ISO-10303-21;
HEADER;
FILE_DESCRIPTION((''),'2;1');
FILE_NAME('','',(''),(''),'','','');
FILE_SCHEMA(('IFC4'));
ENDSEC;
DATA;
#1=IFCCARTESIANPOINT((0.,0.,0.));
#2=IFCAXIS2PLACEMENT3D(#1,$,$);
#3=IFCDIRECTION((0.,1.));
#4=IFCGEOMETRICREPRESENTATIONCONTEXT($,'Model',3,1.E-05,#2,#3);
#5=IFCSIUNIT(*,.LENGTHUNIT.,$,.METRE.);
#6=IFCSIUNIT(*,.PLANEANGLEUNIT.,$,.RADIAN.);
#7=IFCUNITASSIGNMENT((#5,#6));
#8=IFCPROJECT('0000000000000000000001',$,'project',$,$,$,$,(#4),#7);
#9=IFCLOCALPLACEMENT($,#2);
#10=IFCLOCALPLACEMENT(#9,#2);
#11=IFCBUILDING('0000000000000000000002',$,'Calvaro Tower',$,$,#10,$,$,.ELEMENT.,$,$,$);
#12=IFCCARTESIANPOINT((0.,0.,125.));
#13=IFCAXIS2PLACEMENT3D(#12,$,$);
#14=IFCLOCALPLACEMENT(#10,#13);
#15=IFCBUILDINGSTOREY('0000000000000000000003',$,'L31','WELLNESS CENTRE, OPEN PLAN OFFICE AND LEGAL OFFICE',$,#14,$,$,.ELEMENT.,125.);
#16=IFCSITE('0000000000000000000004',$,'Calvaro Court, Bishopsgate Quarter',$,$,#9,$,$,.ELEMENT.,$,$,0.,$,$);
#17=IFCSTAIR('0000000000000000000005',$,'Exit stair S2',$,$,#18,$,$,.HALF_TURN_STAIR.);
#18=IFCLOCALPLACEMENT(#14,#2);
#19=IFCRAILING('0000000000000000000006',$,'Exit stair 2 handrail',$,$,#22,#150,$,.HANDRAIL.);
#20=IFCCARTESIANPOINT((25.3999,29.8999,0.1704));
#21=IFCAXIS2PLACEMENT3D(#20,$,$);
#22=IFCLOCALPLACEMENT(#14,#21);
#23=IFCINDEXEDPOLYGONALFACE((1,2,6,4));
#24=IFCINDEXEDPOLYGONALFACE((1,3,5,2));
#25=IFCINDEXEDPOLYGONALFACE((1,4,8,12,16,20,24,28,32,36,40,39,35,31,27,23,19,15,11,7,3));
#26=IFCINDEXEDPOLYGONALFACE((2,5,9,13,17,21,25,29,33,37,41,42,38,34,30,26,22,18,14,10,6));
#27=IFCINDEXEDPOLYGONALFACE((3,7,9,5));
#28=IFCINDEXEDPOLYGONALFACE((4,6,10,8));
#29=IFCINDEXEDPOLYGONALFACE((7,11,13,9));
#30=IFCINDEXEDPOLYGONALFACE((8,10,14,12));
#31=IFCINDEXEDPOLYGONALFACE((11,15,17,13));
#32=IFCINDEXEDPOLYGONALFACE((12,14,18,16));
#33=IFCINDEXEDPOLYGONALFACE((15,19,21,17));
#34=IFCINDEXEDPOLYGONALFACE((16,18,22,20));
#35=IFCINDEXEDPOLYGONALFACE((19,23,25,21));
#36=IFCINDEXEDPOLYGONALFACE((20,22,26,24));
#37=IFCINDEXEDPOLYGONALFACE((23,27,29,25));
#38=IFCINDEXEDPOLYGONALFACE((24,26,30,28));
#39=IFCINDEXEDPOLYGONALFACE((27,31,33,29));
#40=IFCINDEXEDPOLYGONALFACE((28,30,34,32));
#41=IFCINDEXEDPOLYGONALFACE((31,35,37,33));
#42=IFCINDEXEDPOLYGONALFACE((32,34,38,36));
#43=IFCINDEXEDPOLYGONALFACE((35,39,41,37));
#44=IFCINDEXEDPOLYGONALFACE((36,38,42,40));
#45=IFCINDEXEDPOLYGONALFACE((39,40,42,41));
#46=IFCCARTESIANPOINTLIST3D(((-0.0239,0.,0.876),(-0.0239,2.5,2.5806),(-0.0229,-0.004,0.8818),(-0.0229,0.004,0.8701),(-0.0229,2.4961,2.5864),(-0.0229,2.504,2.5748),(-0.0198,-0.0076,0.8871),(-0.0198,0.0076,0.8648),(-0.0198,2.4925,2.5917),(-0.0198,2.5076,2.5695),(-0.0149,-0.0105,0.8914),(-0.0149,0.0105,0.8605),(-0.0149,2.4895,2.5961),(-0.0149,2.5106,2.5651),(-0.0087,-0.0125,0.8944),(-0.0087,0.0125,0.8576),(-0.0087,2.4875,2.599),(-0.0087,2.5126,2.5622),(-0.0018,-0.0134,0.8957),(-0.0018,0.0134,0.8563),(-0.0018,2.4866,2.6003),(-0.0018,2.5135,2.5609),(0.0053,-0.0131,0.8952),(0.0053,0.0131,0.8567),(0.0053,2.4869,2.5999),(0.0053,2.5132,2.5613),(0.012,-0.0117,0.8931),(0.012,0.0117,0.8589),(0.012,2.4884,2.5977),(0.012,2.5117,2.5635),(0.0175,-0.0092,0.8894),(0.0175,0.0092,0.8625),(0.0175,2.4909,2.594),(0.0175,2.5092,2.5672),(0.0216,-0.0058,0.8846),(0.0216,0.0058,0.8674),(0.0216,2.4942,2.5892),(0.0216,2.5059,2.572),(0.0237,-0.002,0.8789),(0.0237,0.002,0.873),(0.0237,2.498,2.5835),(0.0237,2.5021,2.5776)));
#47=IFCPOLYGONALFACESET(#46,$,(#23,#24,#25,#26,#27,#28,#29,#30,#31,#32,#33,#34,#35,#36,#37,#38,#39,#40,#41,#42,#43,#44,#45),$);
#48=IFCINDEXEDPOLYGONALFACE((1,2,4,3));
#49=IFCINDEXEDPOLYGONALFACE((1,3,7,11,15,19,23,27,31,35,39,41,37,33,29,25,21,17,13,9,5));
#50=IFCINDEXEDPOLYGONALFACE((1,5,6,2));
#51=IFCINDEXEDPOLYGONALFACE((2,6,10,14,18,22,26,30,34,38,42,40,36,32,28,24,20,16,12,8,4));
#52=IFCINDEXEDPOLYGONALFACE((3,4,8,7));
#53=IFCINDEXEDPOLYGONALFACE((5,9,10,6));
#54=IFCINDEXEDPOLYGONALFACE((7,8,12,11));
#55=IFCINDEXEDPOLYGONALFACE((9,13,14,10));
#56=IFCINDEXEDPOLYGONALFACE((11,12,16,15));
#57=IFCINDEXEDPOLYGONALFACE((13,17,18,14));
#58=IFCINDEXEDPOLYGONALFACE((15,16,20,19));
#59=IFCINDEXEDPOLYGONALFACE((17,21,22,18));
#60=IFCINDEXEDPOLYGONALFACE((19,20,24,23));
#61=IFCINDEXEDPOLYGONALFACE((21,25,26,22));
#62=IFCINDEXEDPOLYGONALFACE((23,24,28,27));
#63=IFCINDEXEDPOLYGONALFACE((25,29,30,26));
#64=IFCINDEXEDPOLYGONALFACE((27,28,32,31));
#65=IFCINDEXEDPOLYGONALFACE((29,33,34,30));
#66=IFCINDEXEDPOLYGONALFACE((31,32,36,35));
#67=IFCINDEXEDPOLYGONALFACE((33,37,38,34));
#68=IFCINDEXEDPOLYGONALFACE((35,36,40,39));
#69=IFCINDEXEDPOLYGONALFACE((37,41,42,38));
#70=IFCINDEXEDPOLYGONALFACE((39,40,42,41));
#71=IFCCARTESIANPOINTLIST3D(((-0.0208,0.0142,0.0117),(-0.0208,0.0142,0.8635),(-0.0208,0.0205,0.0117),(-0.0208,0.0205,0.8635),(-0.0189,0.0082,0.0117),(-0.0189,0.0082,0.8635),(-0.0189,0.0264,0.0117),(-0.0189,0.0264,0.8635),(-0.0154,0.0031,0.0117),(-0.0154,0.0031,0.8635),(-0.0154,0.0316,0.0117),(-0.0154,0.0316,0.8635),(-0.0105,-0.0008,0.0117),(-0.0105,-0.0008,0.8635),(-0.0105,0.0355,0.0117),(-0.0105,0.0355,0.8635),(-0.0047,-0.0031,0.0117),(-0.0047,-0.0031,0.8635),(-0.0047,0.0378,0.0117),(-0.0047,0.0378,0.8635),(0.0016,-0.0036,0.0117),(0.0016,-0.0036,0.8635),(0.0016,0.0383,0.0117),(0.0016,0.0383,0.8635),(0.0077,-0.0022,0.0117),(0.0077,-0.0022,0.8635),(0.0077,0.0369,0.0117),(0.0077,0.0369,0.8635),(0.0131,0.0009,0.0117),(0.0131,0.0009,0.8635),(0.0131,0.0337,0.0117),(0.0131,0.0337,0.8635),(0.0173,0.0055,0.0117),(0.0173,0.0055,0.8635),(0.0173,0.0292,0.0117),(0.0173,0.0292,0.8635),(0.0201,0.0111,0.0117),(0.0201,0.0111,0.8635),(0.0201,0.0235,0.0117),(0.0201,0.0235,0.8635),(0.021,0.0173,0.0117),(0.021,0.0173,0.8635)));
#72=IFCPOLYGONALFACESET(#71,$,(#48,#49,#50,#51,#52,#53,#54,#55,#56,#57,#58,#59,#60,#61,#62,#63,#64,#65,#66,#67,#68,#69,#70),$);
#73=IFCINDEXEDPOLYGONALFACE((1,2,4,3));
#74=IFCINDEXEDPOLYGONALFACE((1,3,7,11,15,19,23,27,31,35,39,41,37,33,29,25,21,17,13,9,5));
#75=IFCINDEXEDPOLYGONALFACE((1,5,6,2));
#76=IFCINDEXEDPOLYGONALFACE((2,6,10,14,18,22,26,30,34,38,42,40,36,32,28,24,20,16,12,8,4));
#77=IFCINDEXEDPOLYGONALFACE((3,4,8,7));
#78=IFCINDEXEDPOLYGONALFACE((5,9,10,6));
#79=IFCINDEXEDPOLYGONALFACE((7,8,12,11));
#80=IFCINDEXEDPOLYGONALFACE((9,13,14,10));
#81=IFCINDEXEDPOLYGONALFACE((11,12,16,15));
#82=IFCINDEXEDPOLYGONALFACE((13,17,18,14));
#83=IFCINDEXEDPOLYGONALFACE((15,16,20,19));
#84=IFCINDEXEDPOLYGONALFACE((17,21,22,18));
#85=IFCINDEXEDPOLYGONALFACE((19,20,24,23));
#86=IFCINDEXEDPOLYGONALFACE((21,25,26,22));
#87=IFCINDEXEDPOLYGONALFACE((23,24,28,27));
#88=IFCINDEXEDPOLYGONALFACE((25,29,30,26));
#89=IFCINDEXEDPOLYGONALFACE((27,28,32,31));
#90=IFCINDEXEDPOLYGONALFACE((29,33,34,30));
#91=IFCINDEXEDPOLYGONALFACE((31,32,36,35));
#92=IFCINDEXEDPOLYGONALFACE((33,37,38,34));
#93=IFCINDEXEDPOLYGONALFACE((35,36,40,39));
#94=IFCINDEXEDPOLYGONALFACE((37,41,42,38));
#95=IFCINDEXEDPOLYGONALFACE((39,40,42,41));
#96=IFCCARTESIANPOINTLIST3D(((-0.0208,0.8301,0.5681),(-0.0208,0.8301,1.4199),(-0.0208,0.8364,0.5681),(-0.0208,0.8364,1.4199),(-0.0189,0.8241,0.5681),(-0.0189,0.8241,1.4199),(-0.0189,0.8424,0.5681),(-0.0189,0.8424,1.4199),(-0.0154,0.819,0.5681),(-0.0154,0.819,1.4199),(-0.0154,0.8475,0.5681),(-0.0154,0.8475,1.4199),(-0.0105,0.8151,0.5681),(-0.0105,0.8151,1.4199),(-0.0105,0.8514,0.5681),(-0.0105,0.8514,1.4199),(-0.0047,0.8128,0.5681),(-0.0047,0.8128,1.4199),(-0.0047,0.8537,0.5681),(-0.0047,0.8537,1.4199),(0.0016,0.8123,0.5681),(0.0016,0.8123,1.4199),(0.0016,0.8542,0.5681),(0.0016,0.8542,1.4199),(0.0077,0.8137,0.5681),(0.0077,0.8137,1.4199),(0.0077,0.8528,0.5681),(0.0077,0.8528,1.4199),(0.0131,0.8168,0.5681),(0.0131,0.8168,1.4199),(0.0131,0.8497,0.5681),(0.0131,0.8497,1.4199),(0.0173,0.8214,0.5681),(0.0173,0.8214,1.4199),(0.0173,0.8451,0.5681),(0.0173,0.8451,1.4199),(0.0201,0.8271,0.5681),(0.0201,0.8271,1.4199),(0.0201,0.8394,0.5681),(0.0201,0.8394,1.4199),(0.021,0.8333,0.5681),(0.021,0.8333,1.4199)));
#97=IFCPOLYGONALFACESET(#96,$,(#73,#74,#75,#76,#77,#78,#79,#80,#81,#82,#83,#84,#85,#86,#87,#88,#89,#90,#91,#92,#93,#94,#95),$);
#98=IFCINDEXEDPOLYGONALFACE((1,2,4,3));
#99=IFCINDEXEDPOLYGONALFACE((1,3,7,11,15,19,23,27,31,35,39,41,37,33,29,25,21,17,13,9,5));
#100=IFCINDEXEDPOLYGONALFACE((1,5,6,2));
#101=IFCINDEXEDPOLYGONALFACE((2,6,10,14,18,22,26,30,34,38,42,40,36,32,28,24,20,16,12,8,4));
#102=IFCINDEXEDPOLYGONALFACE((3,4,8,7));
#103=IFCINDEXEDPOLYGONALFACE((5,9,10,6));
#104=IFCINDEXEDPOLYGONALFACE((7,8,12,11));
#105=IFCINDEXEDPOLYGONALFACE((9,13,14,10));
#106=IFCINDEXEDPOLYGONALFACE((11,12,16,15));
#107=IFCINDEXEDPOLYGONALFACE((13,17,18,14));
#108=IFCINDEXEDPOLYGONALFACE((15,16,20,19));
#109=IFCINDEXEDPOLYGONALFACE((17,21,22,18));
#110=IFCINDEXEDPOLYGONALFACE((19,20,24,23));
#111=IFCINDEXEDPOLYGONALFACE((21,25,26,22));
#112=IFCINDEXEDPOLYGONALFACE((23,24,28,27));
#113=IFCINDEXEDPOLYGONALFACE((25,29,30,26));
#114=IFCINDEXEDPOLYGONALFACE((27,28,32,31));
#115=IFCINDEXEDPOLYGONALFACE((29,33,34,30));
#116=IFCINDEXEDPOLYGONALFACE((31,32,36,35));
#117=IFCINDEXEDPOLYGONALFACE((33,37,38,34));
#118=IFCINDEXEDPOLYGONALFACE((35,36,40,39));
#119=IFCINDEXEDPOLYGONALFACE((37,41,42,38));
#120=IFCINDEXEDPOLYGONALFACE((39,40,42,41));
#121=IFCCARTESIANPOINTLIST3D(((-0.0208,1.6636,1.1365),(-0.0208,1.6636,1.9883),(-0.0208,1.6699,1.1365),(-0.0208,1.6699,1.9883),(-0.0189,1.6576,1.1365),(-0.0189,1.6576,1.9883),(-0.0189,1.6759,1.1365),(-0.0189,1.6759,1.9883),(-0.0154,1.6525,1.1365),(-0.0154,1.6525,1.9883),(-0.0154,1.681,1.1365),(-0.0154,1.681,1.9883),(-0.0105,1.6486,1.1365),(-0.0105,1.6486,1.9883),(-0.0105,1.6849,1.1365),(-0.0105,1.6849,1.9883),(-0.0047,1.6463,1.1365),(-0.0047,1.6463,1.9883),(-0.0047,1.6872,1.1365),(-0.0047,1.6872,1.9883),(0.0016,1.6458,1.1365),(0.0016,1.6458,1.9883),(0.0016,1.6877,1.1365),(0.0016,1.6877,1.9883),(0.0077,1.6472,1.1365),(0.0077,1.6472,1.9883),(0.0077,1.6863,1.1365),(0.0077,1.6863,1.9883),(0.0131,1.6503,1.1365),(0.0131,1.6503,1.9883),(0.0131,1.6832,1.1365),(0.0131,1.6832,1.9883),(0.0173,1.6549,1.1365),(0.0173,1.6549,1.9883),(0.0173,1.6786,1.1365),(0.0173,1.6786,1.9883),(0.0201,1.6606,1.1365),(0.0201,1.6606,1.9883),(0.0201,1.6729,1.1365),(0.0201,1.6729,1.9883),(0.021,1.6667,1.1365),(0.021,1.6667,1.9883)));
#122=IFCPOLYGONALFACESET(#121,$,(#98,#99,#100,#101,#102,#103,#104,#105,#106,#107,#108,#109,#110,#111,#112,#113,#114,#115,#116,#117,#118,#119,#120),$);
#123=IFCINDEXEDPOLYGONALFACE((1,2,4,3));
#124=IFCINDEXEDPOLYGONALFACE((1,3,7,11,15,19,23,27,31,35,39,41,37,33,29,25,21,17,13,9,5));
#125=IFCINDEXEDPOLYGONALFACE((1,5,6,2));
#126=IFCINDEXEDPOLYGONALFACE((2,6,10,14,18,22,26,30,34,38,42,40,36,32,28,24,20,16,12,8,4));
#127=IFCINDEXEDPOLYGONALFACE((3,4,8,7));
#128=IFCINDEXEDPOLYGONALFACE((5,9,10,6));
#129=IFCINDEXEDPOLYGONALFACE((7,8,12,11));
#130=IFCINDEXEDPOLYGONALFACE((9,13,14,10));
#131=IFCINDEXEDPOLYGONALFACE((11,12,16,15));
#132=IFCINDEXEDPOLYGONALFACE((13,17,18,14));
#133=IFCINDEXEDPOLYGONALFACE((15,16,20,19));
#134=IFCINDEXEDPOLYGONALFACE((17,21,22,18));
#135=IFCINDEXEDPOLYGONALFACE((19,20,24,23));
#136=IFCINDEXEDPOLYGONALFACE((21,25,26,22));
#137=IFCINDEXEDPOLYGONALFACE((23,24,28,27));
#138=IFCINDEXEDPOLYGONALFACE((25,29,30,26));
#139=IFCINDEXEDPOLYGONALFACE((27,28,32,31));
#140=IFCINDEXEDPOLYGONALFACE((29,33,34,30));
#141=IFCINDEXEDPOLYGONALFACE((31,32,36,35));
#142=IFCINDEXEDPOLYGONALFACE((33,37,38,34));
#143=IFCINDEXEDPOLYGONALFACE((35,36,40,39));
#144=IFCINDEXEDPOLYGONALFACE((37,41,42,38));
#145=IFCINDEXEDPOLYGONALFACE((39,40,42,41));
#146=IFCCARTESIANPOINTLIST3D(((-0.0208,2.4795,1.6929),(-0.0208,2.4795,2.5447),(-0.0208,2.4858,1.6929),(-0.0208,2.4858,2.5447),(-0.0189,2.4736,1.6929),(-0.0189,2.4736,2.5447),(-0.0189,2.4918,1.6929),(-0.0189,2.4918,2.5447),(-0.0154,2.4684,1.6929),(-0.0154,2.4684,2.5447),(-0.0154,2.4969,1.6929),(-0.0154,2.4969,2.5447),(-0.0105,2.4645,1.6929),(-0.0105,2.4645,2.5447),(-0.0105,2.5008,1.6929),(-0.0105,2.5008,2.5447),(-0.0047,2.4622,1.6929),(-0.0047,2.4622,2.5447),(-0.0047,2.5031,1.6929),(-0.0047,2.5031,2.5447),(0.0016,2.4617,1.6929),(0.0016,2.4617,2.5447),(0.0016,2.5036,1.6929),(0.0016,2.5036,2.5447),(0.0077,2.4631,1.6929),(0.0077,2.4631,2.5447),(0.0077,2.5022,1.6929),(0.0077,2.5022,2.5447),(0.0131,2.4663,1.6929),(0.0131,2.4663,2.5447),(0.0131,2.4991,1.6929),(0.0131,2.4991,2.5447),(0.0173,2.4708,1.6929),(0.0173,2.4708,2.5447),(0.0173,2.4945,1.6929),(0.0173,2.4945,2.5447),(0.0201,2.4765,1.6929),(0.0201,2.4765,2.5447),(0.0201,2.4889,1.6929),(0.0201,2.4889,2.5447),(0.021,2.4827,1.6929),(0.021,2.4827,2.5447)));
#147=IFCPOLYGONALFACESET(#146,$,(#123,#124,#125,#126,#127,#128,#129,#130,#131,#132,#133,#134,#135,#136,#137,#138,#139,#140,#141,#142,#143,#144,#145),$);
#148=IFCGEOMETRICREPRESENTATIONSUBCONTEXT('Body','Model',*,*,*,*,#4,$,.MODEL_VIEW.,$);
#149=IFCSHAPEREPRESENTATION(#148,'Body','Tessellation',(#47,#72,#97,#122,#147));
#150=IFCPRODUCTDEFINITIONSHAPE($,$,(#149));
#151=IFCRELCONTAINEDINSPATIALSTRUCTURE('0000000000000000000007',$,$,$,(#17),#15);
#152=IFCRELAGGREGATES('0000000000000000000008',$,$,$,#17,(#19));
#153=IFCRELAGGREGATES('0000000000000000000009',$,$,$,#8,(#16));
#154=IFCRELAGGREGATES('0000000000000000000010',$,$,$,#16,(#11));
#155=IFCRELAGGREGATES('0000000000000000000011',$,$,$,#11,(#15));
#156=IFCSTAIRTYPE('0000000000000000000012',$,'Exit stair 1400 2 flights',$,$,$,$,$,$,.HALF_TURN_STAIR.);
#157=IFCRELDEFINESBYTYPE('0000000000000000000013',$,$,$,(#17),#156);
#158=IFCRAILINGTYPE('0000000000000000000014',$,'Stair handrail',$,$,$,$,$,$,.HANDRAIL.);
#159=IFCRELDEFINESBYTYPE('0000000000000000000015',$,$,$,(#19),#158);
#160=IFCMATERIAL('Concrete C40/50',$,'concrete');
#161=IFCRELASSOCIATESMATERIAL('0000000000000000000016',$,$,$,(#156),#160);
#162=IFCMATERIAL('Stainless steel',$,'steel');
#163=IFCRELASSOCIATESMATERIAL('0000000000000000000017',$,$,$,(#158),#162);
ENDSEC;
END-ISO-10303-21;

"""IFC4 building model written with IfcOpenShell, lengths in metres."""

from ifc_helpers import new_model, si_unit, direction, frame, origin, origin_2d, place, context, subcontext, project, spatial, circle, extrude, material, type_object, element, aggregate, save


model = new_model("IFC4")

# Units and contexts
model_context = context("Model", 3, precision=1e-05, world=origin(), true_north=direction((0.0, 1.0)))
body_context = subcontext(model_context, "Body", "Model", "MODEL_VIEW")
ifc_project = project(units=[si_unit("LENGTHUNIT", "METRE"), si_unit("PLANEANGLEUNIT", "RADIAN")], contexts=[model_context])

# Site, building, storey
site_placement = place(None, origin())
site = spatial("IfcSite", under=ifc_project, at=site_placement, Name="Calvaro Court, Bishopsgate Quarter", CompositionType="ELEMENT", RefElevation=0.0)
building_placement = place(site_placement, origin())
building = spatial("IfcBuilding", under=site, at=building_placement, Name="Calvaro Tower", CompositionType="ELEMENT")
storey_placement = place(building_placement, frame((0.0, 0.0, 125.0)))
storey = spatial("IfcBuildingStorey", under=building, at=storey_placement, Name="L31", Description="WELLNESS CENTRE, OPEN PLAN OFFICE AND LEGAL OFFICE", CompositionType="ELEMENT", Elevation=125.0)

# Stair, railing
ifc_material_1 = material(Name="Concrete C40/50", Category="concrete")
stair_type = type_object("IfcStairType", Name="Exit stair 1400 2 flights", PredefinedType="HALF_TURN_STAIR", material=ifc_material_1)
stair_placement = place(storey_placement, origin())
stair = element("IfcStair", 1, at=stair_placement, inside=storey, type_object=stair_type, Name="Exit stair S2", PredefinedType="HALF_TURN_STAIR")
ifc_material_2 = material(Name="Stainless steel", Category="steel")
railing_type = type_object("IfcRailingType", Name="Stair handrail", PredefinedType="HANDRAIL", material=ifc_material_2)
railing_1_placement = place(storey_placement, frame((25.3999, 29.8999, 0.1704)))
railing_1 = element("IfcRailing", 2, at=railing_1_placement, type_object=railing_type, Name="Exit stair 2 handrail", PredefinedType="HANDRAIL", context=body_context, shape_type="SweptSolid", body=[
    extrude(circle(Radius=0.0239, at=origin_2d()), frame((0.0, 0.0, 0.876), z_axis=(0.0, 0.826221, 0.563347), x_axis=(-1.0, 0.0, 0.0)), (0.0, 0.0, 1.0), 3.0259),
    extrude(circle(Radius=0.021, at=origin_2d()), frame((0.0, 0.0173, 0.0117)), (0.0, 0.0, 1.0), 0.8518),
    extrude(circle(Radius=0.021, at=origin_2d()), frame((0.0, 0.8333, 0.5681)), (0.0, 0.0, 1.0), 0.8518),
    extrude(circle(Radius=0.021, at=origin_2d()), frame((0.0, 1.6667, 1.1365)), (0.0, 0.0, 1.0), 0.8518),
    extrude(circle(Radius=0.021, at=origin_2d()), frame((0.0, 2.4827, 1.6929)), (0.0, 0.0, 1.0), 0.8518),
])
aggregate(stair, [railing_1])

save(model, "model.ifc")
